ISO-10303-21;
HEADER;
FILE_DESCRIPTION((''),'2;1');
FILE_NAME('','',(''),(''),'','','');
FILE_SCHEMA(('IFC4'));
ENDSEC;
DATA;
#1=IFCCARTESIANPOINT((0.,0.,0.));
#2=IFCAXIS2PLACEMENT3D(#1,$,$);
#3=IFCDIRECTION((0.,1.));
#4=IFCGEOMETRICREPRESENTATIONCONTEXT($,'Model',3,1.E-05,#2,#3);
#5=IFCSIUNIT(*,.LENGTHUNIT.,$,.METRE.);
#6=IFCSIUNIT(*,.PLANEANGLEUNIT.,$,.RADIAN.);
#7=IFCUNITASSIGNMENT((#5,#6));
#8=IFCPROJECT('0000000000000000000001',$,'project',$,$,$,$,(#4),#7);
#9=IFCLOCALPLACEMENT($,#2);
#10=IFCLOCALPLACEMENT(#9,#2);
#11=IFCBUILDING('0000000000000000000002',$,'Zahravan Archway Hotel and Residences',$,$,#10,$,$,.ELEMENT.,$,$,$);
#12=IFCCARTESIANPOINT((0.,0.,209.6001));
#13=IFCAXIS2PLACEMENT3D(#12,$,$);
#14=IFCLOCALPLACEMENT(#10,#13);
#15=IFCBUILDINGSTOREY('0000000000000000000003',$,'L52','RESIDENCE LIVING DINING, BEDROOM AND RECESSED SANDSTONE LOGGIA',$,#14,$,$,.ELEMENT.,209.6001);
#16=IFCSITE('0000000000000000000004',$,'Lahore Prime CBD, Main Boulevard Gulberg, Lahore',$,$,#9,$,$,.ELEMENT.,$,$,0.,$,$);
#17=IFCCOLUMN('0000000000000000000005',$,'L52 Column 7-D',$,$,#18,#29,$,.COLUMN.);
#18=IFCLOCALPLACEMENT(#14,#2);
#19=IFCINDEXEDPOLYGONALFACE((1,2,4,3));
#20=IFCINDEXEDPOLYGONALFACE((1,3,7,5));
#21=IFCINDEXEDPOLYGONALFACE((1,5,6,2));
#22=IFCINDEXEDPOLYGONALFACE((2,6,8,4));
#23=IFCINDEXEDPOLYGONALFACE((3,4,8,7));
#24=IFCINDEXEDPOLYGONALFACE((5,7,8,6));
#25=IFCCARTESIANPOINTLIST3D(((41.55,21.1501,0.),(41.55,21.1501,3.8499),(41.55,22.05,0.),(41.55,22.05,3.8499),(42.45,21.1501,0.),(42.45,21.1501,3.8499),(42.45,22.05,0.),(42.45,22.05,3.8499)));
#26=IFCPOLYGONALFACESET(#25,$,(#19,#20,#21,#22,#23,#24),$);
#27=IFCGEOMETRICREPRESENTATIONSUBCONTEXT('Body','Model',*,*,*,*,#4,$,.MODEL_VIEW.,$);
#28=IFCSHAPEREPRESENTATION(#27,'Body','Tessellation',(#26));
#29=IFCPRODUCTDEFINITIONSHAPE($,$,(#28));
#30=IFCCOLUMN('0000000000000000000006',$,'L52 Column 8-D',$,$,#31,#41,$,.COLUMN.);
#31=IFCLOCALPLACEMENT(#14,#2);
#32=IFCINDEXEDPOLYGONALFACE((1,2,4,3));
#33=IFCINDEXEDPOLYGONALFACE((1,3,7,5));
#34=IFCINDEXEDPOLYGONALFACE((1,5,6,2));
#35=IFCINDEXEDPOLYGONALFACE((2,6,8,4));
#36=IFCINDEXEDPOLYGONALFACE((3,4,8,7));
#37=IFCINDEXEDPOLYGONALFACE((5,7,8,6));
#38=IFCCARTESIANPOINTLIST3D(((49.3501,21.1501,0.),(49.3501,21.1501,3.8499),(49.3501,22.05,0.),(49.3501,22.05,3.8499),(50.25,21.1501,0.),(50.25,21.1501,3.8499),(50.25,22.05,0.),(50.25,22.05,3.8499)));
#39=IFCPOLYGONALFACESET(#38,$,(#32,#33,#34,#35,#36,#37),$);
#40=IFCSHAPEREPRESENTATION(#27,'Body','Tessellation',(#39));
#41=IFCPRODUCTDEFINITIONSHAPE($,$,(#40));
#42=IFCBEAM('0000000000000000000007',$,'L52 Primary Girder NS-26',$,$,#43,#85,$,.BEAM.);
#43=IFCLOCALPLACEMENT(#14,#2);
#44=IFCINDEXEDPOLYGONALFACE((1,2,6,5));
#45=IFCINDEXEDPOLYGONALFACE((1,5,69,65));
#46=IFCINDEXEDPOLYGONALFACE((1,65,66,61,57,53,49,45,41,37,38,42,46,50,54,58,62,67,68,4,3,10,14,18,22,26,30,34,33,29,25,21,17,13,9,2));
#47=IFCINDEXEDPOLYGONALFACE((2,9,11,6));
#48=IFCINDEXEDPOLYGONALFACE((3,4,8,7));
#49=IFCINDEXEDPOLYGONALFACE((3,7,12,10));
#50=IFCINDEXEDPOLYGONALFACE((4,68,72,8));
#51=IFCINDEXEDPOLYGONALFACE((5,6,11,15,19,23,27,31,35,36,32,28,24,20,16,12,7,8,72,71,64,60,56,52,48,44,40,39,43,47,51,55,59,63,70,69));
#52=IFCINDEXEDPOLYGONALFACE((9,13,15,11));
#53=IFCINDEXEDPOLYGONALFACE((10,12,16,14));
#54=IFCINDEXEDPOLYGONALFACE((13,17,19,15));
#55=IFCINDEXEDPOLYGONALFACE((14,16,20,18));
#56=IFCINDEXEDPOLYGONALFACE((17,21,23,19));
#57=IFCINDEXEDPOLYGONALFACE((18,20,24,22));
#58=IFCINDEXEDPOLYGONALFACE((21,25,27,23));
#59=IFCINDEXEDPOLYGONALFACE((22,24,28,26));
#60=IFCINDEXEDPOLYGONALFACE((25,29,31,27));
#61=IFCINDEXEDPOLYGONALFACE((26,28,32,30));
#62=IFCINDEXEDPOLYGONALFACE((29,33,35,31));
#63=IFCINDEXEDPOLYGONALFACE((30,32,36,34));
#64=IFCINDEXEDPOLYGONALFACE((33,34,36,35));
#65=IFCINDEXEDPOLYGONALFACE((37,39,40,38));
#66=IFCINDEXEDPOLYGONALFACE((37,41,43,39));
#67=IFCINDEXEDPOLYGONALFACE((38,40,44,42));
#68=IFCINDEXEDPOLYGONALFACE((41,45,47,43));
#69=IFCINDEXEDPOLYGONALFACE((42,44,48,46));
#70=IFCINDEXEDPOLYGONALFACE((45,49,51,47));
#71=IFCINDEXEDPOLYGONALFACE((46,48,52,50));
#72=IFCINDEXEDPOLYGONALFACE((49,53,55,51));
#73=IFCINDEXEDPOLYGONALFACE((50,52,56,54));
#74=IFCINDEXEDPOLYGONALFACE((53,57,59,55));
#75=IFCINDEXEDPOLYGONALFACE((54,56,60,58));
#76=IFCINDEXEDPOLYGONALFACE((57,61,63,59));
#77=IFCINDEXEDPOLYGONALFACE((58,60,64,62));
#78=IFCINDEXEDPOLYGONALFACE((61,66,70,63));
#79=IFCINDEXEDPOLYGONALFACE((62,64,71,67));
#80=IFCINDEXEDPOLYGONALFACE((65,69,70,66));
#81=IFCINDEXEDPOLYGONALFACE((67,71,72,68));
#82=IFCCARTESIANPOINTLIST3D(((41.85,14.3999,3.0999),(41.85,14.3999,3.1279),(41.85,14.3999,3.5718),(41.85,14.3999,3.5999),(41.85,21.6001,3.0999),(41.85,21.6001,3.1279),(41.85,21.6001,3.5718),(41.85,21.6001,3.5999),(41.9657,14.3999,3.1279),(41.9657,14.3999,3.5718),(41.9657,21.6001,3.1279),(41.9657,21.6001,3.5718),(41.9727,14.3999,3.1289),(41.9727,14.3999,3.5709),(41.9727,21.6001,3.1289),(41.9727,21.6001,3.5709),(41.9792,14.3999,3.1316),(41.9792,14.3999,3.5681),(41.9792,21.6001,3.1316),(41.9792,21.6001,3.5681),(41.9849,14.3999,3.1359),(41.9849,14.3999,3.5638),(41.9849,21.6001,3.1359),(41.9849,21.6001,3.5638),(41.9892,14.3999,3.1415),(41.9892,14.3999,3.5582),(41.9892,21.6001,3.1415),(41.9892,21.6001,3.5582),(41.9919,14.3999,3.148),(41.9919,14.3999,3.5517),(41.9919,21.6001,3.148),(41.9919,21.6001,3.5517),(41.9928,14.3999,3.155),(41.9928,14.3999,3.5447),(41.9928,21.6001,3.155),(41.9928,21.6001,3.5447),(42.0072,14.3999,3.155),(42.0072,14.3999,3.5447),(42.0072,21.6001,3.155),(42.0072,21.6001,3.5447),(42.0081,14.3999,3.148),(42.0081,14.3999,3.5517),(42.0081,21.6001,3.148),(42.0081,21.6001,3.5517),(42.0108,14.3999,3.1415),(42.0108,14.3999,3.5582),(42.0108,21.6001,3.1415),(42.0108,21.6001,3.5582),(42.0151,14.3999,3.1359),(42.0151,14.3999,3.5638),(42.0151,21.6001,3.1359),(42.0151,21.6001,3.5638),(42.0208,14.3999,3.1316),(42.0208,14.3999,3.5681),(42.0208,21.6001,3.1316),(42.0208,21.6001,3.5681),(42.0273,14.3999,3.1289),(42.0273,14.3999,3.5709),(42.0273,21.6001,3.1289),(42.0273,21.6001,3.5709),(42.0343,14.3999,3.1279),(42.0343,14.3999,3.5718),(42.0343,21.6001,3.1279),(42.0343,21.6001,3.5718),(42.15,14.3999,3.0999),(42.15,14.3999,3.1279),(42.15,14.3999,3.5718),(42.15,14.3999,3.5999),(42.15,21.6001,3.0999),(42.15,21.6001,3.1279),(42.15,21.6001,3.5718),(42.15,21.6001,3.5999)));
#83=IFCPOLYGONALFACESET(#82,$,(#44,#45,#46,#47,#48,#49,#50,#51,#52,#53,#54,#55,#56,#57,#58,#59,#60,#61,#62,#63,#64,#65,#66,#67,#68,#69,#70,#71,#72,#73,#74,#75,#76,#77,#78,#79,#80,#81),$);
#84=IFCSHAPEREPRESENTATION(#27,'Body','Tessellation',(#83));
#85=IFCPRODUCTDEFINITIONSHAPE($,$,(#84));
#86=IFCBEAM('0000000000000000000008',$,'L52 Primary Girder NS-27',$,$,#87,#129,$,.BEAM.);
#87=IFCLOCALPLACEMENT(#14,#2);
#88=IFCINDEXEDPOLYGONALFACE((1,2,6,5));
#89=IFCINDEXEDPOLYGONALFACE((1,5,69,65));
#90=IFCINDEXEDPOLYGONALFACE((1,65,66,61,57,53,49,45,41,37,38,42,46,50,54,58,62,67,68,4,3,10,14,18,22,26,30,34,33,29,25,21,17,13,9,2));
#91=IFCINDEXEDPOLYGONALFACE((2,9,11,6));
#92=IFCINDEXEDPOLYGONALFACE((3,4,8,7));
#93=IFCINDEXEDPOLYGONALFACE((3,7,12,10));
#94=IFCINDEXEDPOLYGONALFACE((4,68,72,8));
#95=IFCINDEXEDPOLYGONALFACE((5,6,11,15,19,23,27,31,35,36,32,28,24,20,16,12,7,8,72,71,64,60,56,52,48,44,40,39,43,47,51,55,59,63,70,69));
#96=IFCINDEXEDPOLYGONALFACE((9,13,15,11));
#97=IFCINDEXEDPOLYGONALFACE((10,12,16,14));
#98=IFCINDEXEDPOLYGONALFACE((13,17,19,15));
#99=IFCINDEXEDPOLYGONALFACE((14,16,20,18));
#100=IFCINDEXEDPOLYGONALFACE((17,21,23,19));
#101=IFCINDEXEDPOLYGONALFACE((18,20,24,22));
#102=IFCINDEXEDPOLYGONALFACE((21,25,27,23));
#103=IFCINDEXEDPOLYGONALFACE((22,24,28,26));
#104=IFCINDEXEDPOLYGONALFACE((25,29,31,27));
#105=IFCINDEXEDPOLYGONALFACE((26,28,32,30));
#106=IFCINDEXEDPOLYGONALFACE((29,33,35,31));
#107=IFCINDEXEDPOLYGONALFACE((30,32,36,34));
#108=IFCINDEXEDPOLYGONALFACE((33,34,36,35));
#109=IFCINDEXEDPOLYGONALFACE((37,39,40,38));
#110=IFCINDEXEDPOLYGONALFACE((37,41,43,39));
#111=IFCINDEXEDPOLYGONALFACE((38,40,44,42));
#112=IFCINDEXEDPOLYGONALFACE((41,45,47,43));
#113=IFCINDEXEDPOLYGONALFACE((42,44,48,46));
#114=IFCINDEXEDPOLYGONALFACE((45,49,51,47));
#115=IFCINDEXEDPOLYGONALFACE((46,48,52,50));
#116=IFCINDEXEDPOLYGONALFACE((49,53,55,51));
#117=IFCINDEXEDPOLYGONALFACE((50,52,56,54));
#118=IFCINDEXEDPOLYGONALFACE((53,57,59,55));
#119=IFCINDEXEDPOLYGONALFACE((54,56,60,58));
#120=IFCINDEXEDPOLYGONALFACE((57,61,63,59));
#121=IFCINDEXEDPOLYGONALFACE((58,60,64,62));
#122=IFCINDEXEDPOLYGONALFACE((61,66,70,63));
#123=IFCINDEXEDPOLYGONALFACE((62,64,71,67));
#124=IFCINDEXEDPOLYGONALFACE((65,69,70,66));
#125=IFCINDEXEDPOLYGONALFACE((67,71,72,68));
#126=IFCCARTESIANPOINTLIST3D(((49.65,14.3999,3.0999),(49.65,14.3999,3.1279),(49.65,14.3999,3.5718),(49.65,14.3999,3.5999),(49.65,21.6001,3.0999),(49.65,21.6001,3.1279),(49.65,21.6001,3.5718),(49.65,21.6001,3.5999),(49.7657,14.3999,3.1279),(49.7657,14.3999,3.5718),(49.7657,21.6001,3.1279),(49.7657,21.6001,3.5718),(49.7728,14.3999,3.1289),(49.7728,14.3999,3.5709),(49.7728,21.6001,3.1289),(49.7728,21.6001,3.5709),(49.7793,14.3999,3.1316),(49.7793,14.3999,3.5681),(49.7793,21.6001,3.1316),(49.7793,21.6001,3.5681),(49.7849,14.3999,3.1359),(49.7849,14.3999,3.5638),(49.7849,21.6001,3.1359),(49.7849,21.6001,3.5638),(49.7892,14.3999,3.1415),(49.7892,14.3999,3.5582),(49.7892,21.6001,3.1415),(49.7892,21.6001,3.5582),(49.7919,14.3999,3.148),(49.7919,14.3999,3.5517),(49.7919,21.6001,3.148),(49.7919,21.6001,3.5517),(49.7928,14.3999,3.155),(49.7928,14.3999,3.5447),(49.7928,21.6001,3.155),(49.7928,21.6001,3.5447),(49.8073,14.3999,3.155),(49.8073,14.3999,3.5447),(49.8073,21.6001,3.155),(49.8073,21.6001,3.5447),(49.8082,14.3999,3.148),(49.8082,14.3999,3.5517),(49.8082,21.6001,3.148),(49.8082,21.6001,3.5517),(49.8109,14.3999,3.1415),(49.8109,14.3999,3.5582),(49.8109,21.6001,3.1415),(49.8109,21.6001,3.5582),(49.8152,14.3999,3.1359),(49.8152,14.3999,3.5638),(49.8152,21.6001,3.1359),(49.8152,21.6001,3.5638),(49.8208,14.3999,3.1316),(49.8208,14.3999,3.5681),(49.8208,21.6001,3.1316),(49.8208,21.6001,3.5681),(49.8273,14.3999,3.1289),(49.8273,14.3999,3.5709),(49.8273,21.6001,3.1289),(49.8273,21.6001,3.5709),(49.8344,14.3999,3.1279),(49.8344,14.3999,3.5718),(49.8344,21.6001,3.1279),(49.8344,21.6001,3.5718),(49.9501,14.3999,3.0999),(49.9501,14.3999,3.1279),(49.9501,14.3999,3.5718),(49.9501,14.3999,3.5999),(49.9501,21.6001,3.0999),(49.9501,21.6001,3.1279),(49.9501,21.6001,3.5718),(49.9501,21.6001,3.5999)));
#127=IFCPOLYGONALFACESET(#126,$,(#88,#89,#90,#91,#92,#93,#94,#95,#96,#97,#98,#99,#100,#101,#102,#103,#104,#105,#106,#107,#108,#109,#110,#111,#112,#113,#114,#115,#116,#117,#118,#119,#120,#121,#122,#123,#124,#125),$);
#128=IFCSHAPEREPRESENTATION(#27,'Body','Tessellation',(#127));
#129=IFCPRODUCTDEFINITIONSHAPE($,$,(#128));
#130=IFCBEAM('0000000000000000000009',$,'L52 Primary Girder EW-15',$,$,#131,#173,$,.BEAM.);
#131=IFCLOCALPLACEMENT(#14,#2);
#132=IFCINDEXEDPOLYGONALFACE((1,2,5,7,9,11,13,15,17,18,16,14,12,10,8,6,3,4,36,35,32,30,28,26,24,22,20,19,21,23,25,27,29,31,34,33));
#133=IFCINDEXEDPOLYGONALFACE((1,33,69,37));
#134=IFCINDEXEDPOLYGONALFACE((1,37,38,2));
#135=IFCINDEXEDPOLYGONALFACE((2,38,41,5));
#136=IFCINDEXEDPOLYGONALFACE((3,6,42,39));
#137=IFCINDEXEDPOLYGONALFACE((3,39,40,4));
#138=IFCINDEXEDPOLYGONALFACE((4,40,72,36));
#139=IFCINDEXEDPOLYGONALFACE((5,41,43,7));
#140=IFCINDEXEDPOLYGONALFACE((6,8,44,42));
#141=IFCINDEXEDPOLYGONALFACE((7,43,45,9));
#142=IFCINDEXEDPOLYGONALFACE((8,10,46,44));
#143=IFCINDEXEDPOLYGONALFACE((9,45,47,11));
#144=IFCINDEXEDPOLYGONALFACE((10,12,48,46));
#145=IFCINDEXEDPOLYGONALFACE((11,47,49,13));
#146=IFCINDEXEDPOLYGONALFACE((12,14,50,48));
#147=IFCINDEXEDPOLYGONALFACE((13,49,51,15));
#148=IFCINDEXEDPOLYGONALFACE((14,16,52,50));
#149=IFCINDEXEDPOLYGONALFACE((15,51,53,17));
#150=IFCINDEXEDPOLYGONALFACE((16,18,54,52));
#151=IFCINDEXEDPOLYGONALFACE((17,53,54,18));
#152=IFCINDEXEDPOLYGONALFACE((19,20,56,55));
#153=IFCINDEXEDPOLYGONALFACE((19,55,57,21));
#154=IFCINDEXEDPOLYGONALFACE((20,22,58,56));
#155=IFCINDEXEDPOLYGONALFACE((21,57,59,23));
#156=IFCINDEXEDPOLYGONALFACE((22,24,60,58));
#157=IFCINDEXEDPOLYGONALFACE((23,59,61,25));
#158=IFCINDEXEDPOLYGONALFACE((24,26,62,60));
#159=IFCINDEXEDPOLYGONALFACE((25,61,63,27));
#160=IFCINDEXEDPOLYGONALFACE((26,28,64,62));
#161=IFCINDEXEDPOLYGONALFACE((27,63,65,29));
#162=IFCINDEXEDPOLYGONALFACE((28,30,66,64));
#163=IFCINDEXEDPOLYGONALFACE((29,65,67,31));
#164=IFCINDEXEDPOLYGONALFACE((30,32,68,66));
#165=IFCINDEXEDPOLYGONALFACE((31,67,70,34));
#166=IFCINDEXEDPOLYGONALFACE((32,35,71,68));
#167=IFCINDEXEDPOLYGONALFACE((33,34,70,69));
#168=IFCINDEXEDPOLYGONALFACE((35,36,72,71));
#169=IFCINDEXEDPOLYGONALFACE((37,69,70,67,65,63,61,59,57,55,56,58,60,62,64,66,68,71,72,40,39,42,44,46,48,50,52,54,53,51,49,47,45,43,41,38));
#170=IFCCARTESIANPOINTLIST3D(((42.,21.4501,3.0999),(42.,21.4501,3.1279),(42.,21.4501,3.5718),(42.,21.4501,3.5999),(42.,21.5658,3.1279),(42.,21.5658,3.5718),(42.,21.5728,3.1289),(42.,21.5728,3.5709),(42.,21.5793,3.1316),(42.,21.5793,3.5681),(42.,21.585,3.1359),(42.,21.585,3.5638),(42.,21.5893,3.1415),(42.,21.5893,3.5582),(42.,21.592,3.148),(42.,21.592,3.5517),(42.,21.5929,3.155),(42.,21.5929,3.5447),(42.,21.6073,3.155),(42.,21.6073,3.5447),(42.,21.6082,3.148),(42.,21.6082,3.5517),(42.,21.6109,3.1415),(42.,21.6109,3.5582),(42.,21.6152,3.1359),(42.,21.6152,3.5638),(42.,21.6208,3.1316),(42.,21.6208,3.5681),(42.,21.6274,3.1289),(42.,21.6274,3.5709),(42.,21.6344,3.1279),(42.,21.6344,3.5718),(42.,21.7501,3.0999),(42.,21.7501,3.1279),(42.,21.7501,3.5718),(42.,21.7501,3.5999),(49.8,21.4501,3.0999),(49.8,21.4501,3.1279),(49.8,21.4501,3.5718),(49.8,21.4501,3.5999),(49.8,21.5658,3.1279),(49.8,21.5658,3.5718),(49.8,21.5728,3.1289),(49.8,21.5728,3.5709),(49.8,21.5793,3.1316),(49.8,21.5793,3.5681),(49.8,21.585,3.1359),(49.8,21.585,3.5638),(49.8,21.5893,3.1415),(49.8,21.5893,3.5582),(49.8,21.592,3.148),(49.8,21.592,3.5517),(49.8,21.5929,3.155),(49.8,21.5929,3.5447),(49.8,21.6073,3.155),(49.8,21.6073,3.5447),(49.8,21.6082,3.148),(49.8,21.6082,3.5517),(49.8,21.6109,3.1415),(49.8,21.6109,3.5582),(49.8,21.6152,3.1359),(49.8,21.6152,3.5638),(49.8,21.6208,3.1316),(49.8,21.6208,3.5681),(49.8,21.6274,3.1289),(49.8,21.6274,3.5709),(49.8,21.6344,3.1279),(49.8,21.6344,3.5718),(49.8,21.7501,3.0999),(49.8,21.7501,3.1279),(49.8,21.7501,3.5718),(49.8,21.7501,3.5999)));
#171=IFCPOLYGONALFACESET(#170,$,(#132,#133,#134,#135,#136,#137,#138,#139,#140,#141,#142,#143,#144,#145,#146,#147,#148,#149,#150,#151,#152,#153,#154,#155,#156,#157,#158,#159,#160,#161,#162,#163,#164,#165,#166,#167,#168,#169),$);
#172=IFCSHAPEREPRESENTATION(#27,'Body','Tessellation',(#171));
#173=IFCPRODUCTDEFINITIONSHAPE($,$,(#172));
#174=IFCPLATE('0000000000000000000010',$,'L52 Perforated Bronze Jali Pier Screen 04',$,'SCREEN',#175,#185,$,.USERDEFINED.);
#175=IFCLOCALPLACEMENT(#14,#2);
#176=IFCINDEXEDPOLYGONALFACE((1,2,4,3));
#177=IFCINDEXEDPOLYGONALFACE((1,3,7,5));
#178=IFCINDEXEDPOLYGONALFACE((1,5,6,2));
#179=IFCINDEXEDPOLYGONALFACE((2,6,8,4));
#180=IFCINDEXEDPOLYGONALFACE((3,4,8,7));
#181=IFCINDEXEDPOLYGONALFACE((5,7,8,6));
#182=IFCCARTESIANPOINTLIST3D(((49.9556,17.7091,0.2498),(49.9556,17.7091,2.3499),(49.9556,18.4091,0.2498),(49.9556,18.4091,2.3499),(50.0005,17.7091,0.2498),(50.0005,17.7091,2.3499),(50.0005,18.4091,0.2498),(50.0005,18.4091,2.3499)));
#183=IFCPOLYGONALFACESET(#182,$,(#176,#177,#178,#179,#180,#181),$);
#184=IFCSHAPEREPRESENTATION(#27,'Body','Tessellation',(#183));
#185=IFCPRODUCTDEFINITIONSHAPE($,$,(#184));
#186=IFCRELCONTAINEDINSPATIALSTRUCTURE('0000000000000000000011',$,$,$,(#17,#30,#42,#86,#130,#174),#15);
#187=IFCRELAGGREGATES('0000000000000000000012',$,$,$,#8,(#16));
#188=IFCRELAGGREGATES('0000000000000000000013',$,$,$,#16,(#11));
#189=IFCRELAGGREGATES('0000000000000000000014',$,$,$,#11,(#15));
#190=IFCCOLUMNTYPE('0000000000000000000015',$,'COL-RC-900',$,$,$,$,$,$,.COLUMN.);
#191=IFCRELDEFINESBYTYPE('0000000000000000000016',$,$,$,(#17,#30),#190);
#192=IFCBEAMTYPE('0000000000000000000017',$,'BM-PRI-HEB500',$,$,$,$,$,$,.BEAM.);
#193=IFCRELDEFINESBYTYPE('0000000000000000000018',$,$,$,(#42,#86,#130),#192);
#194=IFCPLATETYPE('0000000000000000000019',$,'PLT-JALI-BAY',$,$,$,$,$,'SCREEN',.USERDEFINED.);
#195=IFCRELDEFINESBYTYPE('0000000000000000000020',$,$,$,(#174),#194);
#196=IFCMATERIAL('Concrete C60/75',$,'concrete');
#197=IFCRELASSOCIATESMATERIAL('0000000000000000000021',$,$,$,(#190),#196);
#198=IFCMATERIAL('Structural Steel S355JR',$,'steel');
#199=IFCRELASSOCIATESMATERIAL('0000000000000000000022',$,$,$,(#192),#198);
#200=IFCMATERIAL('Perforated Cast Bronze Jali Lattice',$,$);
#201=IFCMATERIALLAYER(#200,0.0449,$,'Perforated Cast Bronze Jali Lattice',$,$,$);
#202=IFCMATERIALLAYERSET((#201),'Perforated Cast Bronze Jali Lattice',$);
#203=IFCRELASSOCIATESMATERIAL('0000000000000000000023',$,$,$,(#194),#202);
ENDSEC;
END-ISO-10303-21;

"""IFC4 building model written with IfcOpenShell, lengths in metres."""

from ifc_helpers import new_model, si_unit, direction, frame, origin, origin_2d, place, context, subcontext, project, spatial, rectangle, i_section, extrude, source, transform, mapped, material, layer, layer_set, material_profile, profile_set, type_object, type_shapes, element, save


model = new_model("IFC4")

# Units and contexts
model_context = context("Model", 3, precision=1e-05, world=origin(), true_north=direction((0.0, 1.0)))
body_context = subcontext(model_context, "Body", "Model", "MODEL_VIEW")
ifc_project = project(units=[si_unit("LENGTHUNIT", "METRE"), si_unit("PLANEANGLEUNIT", "RADIAN")], contexts=[model_context])

# Site, building, storey
site_placement = place(None, origin())
site = spatial("IfcSite", under=ifc_project, at=site_placement, Name="Lahore Prime CBD, Main Boulevard Gulberg, Lahore", CompositionType="ELEMENT", RefElevation=0.0)
building_placement = place(site_placement, origin())
building = spatial("IfcBuilding", under=site, at=building_placement, Name="Zahravan Archway Hotel and Residences", CompositionType="ELEMENT")
storey_placement = place(building_placement, frame((0.0, 0.0, 209.6001)))
storey = spatial("IfcBuildingStorey", under=building, at=storey_placement, Name="L52", Description="RESIDENCE LIVING DINING, BEDROOM AND RECESSED SANDSTONE LOGGIA", CompositionType="ELEMENT", Elevation=209.6001)

# Columns
ifc_material_1 = material(Name="Concrete C60/75", Category="concrete")
ifc_material_profile_1 = material_profile(ifc_material_1, rectangle(XDim=0.8999, YDim=0.8999, at=origin_2d()), Name="RC-COL-900x900", Category="concrete")
ifc_profile_set_1 = profile_set([ifc_material_profile_1], Name="Concrete C60/75")
column_type = type_object("IfcColumnType", Name="COL-RC-900", PredefinedType="COLUMN", material=ifc_profile_set_1)
shared_shape_1 = source(origin(), body_context, "Body", "SweptSolid", [
    extrude(rectangle(XDim=0.8999, YDim=0.8999, at=origin_2d()), origin(), (0.0, 0.0, 1.0), 3.8499),
])
for number, where, z_axis, x_axis, name in (
    (1, (42.0, 21.6001, 0.0), (0.0, 0.0, 1.0), (1.0, 0.0, 0.0), "L52 Column 7-D"),
    (2, (49.8, 21.6001, 0.0), (0.0, 0.0, 1.0), (1.0, 0.0, 0.0), "L52 Column 8-D"),
):
    element("IfcColumn", number, at=place(storey_placement, frame(where, z_axis=z_axis, x_axis=x_axis)), inside=storey, type_object=column_type, Name=name, PredefinedType="COLUMN", context=body_context, shape_type="MappedRepresentation", body=[
        mapped(shared_shape_1, transform((0.0, 0.0, 0.0), scale=1.0)),
    ])

# Beams
ifc_material_2 = material(Name="Structural Steel S355JR", Category="steel")
ifc_material_profile_2 = material_profile(ifc_material_2, i_section(OverallWidth=0.3, OverallDepth=0.5, WebThickness=0.0144, FlangeThickness=0.0281, FilletRadius=0.0271, at=origin_2d()), Name="HEB 500", Category="steel")
ifc_profile_set_2 = profile_set([ifc_material_profile_2], Name="Structural Steel S355JR")
beam_type = type_object("IfcBeamType", Name="BM-PRI-HEB500", PredefinedType="BEAM", material=ifc_profile_set_2)
shared_shape_2 = source(origin(), body_context, "Body", "SweptSolid", [
    extrude(i_section(OverallWidth=0.3, OverallDepth=0.5, WebThickness=0.0144, FlangeThickness=0.0281, FilletRadius=0.0271, at=origin_2d()), origin(), (0.0, 0.0, 1.0), 7.2002),
])
type_shapes(beam_type, [shared_shape_2])
for number, where, z_axis, x_axis, name in (
    (3, (42.0, 14.3999, 3.3499), (0.0, 1.0, 0.0), (-1.0, 0.0, 0.0), "L52 Primary Girder NS-26"),
    (4, (49.8, 14.3999, 3.3499), (0.0, 1.0, 0.0), (-1.0, 0.0, 0.0), "L52 Primary Girder NS-27"),
):
    element("IfcBeam", number, at=place(storey_placement, frame(where, z_axis=z_axis, x_axis=x_axis)), inside=storey, type_object=beam_type, Name=name, PredefinedType="BEAM", context=body_context, shape_type="MappedRepresentation", body=[
        mapped(shared_shape_2, transform((0.0, 0.0, 0.0), scale=1.0)),
    ])
shared_shape_3 = source(origin(), body_context, "Body", "SweptSolid", [
    extrude(i_section(OverallWidth=0.3, OverallDepth=0.5, WebThickness=0.0144, FlangeThickness=0.0281, FilletRadius=0.0271, at=origin_2d()), origin(), (0.0, 0.0, 1.0), 7.8),
])
beam_placement = place(storey_placement, frame((42.0, 21.6001, 3.3499), z_axis=(1.0, 0.0, 0.0), x_axis=(0.0, 1.0, 0.0)))
element("IfcBeam", 5, at=beam_placement, inside=storey, type_object=beam_type, Name="L52 Primary Girder EW-15", PredefinedType="BEAM", context=body_context, shape_type="MappedRepresentation", body=[
    mapped(shared_shape_3, transform((0.0, 0.0, 0.0), scale=1.0)),
])

# Plate
ifc_material_3 = material(Name="Perforated Cast Bronze Jali Lattice")
ifc_layer_1 = layer(ifc_material_3, 0.0449, Name="Perforated Cast Bronze Jali Lattice")
ifc_layer_set_1 = layer_set([ifc_layer_1], Name="Perforated Cast Bronze Jali Lattice")
plate_type = type_object("IfcPlateType", Name="PLT-JALI-BAY", ElementType="SCREEN", PredefinedType="USERDEFINED", material=ifc_layer_set_1)
shared_shape_4 = source(origin(), body_context, "Body", "SweptSolid", [
    extrude(rectangle(XDim=0.7, YDim=0.0449, at=origin_2d()), origin(), (0.0, 0.0, 1.0), 2.1001),
])
type_shapes(plate_type, [shared_shape_4])
plate_placement = place(storey_placement, frame((49.978, 18.0591, 0.2498), z_axis=(0.0, 0.0, 1.0), x_axis=(0.0, 1.0, 0.0)))
element("IfcPlate", 6, at=plate_placement, inside=storey, type_object=plate_type, Name="L52 Perforated Bronze Jali Pier Screen 04", ObjectType="SCREEN", PredefinedType="USERDEFINED", context=body_context, shape_type="MappedRepresentation", body=[
    mapped(shared_shape_4, transform((0.0, 0.0, 0.0), scale=1.0)),
])

save(model, "model.ifc")
